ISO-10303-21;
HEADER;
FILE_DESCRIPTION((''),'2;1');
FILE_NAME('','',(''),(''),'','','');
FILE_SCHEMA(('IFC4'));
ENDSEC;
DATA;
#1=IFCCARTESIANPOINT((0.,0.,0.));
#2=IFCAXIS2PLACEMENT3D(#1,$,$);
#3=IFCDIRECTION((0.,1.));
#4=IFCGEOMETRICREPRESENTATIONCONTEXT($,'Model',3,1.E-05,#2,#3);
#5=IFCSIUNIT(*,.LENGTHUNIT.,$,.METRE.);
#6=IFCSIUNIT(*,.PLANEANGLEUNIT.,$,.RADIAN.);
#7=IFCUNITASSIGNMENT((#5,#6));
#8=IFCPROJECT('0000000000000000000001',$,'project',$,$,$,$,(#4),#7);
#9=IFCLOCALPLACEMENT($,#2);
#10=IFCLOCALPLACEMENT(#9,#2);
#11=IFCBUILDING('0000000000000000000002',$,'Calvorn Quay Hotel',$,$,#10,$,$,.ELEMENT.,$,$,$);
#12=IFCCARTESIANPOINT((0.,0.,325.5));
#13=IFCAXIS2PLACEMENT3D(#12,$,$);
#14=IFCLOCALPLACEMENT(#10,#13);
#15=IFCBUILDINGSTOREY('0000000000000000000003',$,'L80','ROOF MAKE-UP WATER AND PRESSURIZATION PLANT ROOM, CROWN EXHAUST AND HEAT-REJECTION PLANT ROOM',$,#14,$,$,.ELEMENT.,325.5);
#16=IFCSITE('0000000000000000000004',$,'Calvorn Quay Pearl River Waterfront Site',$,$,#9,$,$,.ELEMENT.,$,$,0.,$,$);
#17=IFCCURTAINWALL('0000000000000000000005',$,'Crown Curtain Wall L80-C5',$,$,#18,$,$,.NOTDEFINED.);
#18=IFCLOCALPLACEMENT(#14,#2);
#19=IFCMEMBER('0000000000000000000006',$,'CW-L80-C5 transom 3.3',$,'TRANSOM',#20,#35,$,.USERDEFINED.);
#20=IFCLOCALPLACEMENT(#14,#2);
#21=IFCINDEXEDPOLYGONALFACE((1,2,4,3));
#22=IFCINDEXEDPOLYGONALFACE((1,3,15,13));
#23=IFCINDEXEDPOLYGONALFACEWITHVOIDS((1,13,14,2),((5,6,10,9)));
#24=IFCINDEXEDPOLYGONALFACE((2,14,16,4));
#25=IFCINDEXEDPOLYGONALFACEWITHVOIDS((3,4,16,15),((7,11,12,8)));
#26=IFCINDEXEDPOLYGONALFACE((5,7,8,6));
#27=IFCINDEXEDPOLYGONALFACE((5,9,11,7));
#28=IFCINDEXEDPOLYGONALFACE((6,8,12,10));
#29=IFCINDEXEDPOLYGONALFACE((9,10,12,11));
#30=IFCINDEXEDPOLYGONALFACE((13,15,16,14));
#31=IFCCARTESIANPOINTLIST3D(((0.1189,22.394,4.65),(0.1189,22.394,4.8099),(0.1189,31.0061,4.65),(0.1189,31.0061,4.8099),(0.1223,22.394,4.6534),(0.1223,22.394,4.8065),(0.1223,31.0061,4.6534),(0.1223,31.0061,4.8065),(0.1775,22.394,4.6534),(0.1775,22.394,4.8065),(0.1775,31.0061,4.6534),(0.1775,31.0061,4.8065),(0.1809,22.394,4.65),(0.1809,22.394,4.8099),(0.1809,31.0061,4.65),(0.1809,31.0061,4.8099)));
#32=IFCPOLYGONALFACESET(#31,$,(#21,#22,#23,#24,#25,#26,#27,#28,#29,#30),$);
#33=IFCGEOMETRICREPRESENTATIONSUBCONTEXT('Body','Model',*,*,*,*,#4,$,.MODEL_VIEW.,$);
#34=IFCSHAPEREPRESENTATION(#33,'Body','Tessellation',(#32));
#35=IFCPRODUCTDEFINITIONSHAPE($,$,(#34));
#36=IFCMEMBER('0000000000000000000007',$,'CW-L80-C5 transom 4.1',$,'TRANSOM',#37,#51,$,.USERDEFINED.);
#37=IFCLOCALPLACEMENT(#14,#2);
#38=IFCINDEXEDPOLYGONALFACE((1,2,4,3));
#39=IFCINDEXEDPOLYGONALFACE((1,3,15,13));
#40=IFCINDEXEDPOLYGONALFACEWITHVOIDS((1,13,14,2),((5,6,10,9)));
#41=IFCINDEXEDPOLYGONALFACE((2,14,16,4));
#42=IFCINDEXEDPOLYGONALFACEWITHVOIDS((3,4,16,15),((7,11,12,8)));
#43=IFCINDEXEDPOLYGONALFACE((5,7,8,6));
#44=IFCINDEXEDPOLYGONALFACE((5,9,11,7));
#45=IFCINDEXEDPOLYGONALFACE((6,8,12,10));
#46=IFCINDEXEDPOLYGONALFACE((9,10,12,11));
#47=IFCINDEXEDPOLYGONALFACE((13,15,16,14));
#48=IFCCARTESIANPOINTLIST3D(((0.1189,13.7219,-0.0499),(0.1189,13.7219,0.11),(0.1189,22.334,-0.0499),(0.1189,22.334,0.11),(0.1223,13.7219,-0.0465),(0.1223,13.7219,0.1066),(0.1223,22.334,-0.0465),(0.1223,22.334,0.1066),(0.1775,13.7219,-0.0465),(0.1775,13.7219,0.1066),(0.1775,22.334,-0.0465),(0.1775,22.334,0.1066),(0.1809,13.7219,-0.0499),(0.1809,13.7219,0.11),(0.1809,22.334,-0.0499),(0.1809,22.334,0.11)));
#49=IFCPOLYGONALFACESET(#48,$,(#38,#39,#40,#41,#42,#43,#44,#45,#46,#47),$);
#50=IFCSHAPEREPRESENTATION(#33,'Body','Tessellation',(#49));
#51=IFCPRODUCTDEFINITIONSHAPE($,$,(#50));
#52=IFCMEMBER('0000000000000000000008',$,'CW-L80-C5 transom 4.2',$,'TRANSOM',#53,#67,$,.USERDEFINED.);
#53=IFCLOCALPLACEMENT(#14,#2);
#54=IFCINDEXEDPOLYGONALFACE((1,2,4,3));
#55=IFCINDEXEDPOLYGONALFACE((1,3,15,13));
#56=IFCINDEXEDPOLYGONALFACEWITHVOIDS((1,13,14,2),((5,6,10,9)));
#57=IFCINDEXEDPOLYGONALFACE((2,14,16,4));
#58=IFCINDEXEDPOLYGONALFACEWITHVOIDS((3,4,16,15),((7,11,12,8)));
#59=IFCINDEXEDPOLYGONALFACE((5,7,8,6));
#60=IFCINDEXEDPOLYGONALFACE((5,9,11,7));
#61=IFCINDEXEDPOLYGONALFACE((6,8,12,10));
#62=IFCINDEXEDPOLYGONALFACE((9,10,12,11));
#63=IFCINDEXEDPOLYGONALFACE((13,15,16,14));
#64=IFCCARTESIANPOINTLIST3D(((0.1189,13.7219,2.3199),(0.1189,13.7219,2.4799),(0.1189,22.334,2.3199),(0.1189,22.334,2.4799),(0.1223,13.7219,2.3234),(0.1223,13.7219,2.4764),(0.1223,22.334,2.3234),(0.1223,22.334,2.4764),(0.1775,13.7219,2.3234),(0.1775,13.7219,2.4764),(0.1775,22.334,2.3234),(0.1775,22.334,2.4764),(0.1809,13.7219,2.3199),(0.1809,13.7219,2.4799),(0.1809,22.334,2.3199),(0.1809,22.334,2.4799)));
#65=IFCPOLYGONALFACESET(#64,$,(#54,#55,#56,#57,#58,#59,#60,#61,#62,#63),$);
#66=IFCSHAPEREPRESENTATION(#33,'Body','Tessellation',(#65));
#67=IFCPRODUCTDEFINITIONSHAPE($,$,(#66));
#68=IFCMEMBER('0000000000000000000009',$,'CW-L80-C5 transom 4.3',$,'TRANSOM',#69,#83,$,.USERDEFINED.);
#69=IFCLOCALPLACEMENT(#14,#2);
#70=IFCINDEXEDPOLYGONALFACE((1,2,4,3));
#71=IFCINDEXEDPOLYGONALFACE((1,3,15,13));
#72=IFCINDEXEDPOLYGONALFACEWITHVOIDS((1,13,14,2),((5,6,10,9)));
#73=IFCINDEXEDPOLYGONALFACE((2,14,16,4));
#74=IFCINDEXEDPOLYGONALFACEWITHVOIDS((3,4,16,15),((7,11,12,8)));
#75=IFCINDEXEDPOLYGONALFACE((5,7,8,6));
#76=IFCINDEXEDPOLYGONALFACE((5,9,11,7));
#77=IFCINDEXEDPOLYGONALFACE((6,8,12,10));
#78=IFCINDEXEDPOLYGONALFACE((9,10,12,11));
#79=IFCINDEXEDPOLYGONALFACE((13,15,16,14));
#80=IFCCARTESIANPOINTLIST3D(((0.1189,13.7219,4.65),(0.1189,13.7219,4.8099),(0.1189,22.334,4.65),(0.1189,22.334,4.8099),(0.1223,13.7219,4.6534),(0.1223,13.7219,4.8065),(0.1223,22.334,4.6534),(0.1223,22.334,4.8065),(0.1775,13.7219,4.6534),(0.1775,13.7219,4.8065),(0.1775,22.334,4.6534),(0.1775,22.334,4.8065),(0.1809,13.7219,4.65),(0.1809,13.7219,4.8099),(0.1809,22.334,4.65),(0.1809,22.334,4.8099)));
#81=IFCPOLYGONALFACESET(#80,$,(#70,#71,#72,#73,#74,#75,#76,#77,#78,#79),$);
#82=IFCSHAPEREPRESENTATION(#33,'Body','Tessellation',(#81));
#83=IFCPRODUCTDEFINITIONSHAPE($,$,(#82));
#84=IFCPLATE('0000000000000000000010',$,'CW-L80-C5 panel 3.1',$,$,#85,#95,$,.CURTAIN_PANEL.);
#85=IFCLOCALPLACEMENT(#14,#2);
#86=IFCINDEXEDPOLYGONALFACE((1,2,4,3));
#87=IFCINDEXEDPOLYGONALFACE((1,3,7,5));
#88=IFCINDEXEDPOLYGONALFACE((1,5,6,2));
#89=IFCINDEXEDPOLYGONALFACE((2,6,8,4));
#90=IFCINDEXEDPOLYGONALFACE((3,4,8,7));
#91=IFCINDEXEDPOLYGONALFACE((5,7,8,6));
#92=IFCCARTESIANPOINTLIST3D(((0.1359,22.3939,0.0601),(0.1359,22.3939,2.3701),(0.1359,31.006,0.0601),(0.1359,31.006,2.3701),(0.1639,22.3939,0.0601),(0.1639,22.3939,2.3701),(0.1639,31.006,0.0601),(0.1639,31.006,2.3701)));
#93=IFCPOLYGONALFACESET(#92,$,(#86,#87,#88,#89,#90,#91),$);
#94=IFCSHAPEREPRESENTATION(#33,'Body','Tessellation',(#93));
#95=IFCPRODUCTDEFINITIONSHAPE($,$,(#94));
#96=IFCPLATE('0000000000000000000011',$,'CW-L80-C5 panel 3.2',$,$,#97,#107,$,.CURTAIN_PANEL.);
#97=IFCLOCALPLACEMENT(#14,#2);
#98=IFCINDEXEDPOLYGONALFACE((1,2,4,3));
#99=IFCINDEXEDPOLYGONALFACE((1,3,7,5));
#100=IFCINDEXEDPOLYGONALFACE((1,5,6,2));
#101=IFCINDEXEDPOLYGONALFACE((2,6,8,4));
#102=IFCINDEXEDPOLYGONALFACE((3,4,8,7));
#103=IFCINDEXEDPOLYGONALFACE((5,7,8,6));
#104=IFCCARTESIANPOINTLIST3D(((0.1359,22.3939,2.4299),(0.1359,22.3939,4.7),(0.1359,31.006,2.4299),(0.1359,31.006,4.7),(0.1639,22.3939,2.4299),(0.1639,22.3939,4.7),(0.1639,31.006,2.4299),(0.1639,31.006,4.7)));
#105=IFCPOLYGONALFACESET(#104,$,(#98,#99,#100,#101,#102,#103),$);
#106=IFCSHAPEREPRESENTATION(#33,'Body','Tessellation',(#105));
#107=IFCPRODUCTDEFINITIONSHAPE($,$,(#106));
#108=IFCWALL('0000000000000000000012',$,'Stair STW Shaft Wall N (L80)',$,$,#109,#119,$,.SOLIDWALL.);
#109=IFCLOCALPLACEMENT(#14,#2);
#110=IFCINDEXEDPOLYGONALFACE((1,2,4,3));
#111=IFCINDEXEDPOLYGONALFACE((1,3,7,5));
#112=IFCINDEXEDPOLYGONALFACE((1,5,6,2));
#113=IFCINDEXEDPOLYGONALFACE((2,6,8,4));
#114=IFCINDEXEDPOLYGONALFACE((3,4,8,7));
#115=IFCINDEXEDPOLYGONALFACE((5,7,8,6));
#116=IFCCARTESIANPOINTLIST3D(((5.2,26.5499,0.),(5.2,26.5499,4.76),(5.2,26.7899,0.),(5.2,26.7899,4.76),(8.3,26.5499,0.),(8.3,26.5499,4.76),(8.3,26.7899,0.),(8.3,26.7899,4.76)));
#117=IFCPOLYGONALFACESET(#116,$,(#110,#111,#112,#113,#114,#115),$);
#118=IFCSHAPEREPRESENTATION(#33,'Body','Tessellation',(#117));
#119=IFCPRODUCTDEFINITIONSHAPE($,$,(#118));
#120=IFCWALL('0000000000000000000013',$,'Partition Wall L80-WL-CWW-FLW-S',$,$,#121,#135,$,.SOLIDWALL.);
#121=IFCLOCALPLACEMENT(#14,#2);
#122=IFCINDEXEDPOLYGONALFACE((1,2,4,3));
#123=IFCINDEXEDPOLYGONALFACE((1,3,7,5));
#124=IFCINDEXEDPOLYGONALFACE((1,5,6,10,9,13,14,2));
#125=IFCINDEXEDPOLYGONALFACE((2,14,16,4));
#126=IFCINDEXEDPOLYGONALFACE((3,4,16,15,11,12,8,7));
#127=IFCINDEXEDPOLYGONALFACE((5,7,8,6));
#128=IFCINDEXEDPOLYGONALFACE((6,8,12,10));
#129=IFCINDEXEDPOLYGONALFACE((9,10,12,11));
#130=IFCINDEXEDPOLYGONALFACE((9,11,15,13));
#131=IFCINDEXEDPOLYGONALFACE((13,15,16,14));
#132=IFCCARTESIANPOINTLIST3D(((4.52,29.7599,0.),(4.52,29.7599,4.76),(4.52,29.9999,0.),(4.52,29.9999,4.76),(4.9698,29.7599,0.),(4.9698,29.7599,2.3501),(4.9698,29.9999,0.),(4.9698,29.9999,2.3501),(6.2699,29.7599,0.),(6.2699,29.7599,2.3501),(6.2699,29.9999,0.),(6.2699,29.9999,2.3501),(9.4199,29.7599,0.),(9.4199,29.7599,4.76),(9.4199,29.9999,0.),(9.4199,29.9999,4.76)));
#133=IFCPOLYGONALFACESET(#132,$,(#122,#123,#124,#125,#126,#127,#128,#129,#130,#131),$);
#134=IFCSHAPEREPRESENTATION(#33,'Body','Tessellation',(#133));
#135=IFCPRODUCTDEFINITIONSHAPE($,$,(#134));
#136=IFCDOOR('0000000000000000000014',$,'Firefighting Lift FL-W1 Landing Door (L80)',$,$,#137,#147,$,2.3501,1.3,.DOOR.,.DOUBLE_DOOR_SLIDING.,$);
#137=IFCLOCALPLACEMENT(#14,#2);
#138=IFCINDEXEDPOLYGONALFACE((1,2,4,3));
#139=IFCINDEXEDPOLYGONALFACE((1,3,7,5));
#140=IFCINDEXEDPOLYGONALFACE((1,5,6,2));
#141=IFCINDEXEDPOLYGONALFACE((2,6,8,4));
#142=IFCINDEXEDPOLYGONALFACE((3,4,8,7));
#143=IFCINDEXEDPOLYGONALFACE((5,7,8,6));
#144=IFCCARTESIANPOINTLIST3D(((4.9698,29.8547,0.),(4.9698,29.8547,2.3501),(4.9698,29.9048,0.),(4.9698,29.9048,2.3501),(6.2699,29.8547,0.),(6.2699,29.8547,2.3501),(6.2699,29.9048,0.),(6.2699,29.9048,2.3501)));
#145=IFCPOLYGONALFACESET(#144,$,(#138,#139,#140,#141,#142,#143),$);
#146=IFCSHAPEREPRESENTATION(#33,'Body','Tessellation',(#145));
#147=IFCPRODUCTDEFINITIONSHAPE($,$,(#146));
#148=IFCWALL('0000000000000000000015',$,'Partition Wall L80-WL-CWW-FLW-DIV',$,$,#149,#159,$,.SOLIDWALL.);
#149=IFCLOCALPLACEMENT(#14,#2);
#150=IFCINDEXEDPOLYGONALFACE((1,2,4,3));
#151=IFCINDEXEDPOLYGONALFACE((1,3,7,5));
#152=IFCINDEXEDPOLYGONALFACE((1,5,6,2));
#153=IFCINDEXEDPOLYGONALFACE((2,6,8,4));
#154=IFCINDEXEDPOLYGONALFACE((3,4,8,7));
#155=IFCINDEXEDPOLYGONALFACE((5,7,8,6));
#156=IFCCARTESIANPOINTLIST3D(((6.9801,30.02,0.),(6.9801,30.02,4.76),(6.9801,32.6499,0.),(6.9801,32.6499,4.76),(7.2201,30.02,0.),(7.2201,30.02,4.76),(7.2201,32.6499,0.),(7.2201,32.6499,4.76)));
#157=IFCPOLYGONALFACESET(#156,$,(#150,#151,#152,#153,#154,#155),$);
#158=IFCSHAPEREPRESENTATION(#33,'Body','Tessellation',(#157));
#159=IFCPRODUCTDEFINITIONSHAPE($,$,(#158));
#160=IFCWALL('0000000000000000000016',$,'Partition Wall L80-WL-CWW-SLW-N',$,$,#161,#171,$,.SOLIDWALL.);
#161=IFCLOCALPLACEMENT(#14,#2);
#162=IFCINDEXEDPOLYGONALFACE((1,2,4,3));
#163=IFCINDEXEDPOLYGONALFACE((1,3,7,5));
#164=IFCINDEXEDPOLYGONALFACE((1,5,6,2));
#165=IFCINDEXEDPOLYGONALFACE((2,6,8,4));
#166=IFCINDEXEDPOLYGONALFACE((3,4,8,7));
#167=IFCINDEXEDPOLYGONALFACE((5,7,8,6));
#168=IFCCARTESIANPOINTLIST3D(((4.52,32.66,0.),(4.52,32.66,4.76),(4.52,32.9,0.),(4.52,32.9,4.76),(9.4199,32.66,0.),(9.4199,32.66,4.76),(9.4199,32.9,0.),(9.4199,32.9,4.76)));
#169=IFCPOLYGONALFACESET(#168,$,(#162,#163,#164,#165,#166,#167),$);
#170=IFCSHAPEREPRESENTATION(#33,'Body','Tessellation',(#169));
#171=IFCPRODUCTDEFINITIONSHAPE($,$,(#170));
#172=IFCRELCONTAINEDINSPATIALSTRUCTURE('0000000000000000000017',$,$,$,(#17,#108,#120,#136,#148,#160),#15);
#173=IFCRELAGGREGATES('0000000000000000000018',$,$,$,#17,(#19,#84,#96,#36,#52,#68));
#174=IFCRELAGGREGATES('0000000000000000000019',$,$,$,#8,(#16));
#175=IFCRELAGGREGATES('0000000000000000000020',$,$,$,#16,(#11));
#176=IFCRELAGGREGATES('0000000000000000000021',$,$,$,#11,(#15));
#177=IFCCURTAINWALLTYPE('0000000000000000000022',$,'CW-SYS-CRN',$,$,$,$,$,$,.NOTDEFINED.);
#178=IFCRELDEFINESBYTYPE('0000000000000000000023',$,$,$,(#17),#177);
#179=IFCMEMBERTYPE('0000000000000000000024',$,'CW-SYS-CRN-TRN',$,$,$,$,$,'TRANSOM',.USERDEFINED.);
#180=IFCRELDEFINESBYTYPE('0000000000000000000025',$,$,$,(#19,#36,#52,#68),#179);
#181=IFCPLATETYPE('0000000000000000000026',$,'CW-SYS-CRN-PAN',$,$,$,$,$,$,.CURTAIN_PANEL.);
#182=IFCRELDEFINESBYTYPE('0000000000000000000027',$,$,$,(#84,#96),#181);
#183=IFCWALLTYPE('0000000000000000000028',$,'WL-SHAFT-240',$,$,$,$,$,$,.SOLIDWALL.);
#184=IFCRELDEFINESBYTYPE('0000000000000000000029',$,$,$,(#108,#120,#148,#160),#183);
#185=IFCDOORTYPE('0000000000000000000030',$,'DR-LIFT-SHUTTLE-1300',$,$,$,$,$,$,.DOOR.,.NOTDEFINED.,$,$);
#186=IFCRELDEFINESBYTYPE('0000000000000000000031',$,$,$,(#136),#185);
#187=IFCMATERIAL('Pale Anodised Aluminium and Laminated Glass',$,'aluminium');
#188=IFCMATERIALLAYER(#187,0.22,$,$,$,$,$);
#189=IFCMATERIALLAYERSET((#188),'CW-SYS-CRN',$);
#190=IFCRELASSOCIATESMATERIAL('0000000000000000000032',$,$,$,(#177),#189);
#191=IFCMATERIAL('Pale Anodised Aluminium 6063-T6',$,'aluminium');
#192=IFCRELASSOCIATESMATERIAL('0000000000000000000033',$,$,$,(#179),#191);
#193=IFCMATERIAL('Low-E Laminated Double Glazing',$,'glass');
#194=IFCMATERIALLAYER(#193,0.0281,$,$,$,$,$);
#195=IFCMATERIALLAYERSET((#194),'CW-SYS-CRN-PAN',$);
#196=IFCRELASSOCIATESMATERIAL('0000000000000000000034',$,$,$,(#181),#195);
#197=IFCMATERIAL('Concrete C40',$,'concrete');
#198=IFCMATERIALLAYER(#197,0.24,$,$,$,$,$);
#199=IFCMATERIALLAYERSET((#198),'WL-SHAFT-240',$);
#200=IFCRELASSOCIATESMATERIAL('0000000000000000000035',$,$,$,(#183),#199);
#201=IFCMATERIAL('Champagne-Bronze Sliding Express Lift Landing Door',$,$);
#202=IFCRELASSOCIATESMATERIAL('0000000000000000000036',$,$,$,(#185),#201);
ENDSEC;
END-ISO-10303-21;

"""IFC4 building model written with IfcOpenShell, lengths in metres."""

from ifc_helpers import new_model, si_unit, direction, frame, frame_2d, origin, origin_2d, place, context, subcontext, project, spatial, rectangle, hollow_rectangle, extrude, material, layer, layer_set, material_profile, profile_set, type_object, element, fill, aggregate, save


model = new_model("IFC4")

# Units and contexts
model_context = context("Model", 3, precision=1e-05, world=origin(), true_north=direction((0.0, 1.0)))
body_context = subcontext(model_context, "Body", "Model", "MODEL_VIEW")
ifc_project = project(units=[si_unit("LENGTHUNIT", "METRE"), si_unit("PLANEANGLEUNIT", "RADIAN")], contexts=[model_context])

# Site, building, storey
site_placement = place(None, origin())
site = spatial("IfcSite", under=ifc_project, at=site_placement, Name="Calvorn Quay Pearl River Waterfront Site", CompositionType="ELEMENT", RefElevation=0.0)
building_placement = place(site_placement, origin())
building = spatial("IfcBuilding", under=site, at=building_placement, Name="Calvorn Quay Hotel", CompositionType="ELEMENT")
storey_placement = place(building_placement, frame((0.0, 0.0, 325.5)))
storey = spatial("IfcBuildingStorey", under=building, at=storey_placement, Name="L80", Description="ROOF MAKE-UP WATER AND PRESSURIZATION PLANT ROOM, CROWN EXHAUST AND HEAT-REJECTION PLANT ROOM", CompositionType="ELEMENT", Elevation=325.5)

# Curtain wall, members, plates
ifc_material_1 = material(Name="Pale Anodised Aluminium and Laminated Glass", Category="aluminium")
ifc_layer_1 = layer(ifc_material_1, 0.22)
ifc_layer_set_1 = layer_set([ifc_layer_1], Name="CW-SYS-CRN")
curtain_wall_type = type_object("IfcCurtainWallType", Name="CW-SYS-CRN", PredefinedType="NOTDEFINED", material=ifc_layer_set_1)
curtain_wall_placement = place(storey_placement, origin())
curtain_wall = element("IfcCurtainWall", 1, at=curtain_wall_placement, inside=storey, type_object=curtain_wall_type, Name="Crown Curtain Wall L80-C5", PredefinedType="NOTDEFINED")
ifc_material_2 = material(Name="Pale Anodised Aluminium 6063-T6", Category="aluminium")
ifc_material_profile_1 = material_profile(ifc_material_2, hollow_rectangle(XDim=0.062, YDim=0.1599, WallThickness=0.0034, at=origin_2d()), Name="ALU-T160x62x3.5")
ifc_profile_set_1 = profile_set([ifc_material_profile_1], Name="Pale Anodised Aluminium 6063-T6")
member_type_1 = type_object("IfcMemberType", Name="CW-SYS-CRN-TRN", ElementType="TRANSOM", PredefinedType="USERDEFINED", material=ifc_profile_set_1)
member_1_placement = place(storey_placement, frame((0.1499, 31.0061, 4.73), z_axis=(0.0, -1.0, 0.0), x_axis=(1.0, 0.0, 0.0)))
member_1 = element("IfcMember", 2, at=member_1_placement, type_object=member_type_1, Name="CW-L80-C5 transom 3.3", ObjectType="TRANSOM", PredefinedType="USERDEFINED", context=body_context, shape_type="SweptSolid", body=[
    extrude(hollow_rectangle(XDim=0.062, YDim=0.1599, WallThickness=0.0034, at=origin_2d()), origin(), (0.0, 0.0, 1.0), 8.6121),
])
member_2_placement = place(storey_placement, frame((0.1499, 22.334, 0.03), z_axis=(0.0, -1.0, 0.0), x_axis=(1.0, 0.0, 0.0)))
member_2 = element("IfcMember", 3, at=member_2_placement, type_object=member_type_1, Name="CW-L80-C5 transom 4.1", ObjectType="TRANSOM", PredefinedType="USERDEFINED", context=body_context, shape_type="SweptSolid", body=[
    extrude(hollow_rectangle(XDim=0.062, YDim=0.1599, WallThickness=0.0034, at=origin_2d()), origin(), (0.0, 0.0, 1.0), 8.6121),
])
member_3_placement = place(storey_placement, frame((0.1499, 22.334, 2.3999), z_axis=(0.0, -1.0, 0.0), x_axis=(1.0, 0.0, 0.0)))
member_3 = element("IfcMember", 4, at=member_3_placement, type_object=member_type_1, Name="CW-L80-C5 transom 4.2", ObjectType="TRANSOM", PredefinedType="USERDEFINED", context=body_context, shape_type="SweptSolid", body=[
    extrude(hollow_rectangle(XDim=0.062, YDim=0.1599, WallThickness=0.0034, at=origin_2d()), origin(), (0.0, 0.0, 1.0), 8.6121),
])
member_4_placement = place(storey_placement, frame((0.1499, 22.334, 4.73), z_axis=(0.0, -1.0, 0.0), x_axis=(1.0, 0.0, 0.0)))
member_4 = element("IfcMember", 5, at=member_4_placement, type_object=member_type_1, Name="CW-L80-C5 transom 4.3", ObjectType="TRANSOM", PredefinedType="USERDEFINED", context=body_context, shape_type="SweptSolid", body=[
    extrude(hollow_rectangle(XDim=0.062, YDim=0.1599, WallThickness=0.0034, at=origin_2d()), origin(), (0.0, 0.0, 1.0), 8.6121),
])
ifc_material_3 = material(Name="Low-E Laminated Double Glazing", Category="glass")
ifc_layer_2 = layer(ifc_material_3, 0.0281)
ifc_layer_set_2 = layer_set([ifc_layer_2], Name="CW-SYS-CRN-PAN")
plate_type = type_object("IfcPlateType", Name="CW-SYS-CRN-PAN", PredefinedType="CURTAIN_PANEL", material=ifc_layer_set_2)
plate_1_placement = place(storey_placement, frame((0.1499, 26.7, 0.0601), z_axis=(0.0, 0.0, 1.0), x_axis=(0.0, -1.0, 0.0)))
plate_1 = element("IfcPlate", 6, at=plate_1_placement, type_object=plate_type, Name="CW-L80-C5 panel 3.1", PredefinedType="CURTAIN_PANEL", context=body_context, shape_type="SweptSolid", body=[
    extrude(rectangle(XDim=8.6121, YDim=0.0281, at=origin_2d()), origin(), (0.0, 0.0, 1.0), 2.3101),
])
plate_2_placement = place(storey_placement, frame((0.1499, 26.7, 2.4299), z_axis=(0.0, 0.0, 1.0), x_axis=(0.0, -1.0, 0.0)))
plate_2 = element("IfcPlate", 7, at=plate_2_placement, type_object=plate_type, Name="CW-L80-C5 panel 3.2", PredefinedType="CURTAIN_PANEL", context=body_context, shape_type="SweptSolid", body=[
    extrude(rectangle(XDim=8.6121, YDim=0.0281, at=origin_2d()), origin(), (0.0, 0.0, 1.0), 2.27),
])
aggregate(curtain_wall, [member_1, plate_1, plate_2, member_2, member_3, member_4])

# Wall
ifc_material_4 = material(Name="Concrete C40", Category="concrete")
ifc_layer_3 = layer(ifc_material_4, 0.24)
ifc_layer_set_3 = layer_set([ifc_layer_3], Name="WL-SHAFT-240")
wall_type = type_object("IfcWallType", Name="WL-SHAFT-240", PredefinedType="SOLIDWALL", material=ifc_layer_set_3)
wall_1_placement = place(storey_placement, frame((5.2, 26.6699, 0.0), z_axis=(0.0, 0.0, 1.0), x_axis=(1.0, 0.0, 0.0)))
element("IfcWall", 8, at=wall_1_placement, inside=storey, type_object=wall_type, Name="Stair STW Shaft Wall N (L80)", PredefinedType="SOLIDWALL", context=body_context, shape_type="SweptSolid", body=[
    extrude(rectangle(XDim=3.1001, YDim=0.24, at=frame_2d((1.55, 0.0))), origin(), (0.0, 0.0, 1.0), 4.76),
])

# Wall, opening, door
wall_2_placement = place(storey_placement, frame((4.52, 29.8799, 0.0), z_axis=(0.0, 0.0, 1.0), x_axis=(1.0, 0.0, 0.0)))
wall_2 = element("IfcWall", 9, at=wall_2_placement, inside=storey, type_object=wall_type, Name="Partition Wall L80-WL-CWW-FLW-S", PredefinedType="SOLIDWALL", context=body_context, shape_type="SweptSolid", body=[
    extrude(rectangle(XDim=4.8999, YDim=0.24, at=frame_2d((2.45, 0.0))), origin(), (0.0, 0.0, 1.0), 4.76),
])
opening_placement = place(wall_2_placement, frame((0.45, 0.0, 0.0)))
opening = element("IfcOpeningElement", 10, at=opening_placement, cuts=wall_2, PredefinedType="OPENING", context=body_context, shape_type="SweptSolid", body=[
    extrude(rectangle(XDim=1.3, YDim=2.3501, at=frame_2d((0.6499, 1.175))), frame((0.0, 0.1299, 0.0), z_axis=(0.0, -1.0, 0.0), x_axis=(1.0, 0.0, 0.0)), (0.0, 0.0, 1.0), 0.26),
])
ifc_material_5 = material(Name="Champagne-Bronze Sliding Express Lift Landing Door")
door_type = type_object("IfcDoorType", Name="DR-LIFT-SHUTTLE-1300", OperationType="NOTDEFINED", PredefinedType="DOOR", material=ifc_material_5)
door_placement = place(opening_placement, origin())
door = element("IfcDoor", 11, at=door_placement, inside=storey, type_object=door_type, Name="Firefighting Lift FL-W1 Landing Door (L80)", OperationType="DOUBLE_DOOR_SLIDING", OverallHeight=2.3501, OverallWidth=1.3, PredefinedType="DOOR", context=body_context, shape_type="SweptSolid", body=[
    extrude(rectangle(XDim=1.3, YDim=2.3501, at=frame_2d((0.6499, 1.175))), frame((0.0, 0.0249, 0.0), z_axis=(0.0, -1.0, 0.0), x_axis=(1.0, 0.0, 0.0)), (0.0, 0.0, 1.0), 0.05),
])
fill(opening, door)

# Walls
wall_3_placement = place(storey_placement, frame((7.1001, 30.02, 0.0), z_axis=(0.0, 0.0, 1.0), x_axis=(0.0, 1.0, 0.0)))
element("IfcWall", 12, at=wall_3_placement, inside=storey, type_object=wall_type, Name="Partition Wall L80-WL-CWW-FLW-DIV", PredefinedType="SOLIDWALL", context=body_context, shape_type="SweptSolid", body=[
    extrude(rectangle(XDim=2.6299, YDim=0.24, at=frame_2d((1.3149, 0.0))), origin(), (0.0, 0.0, 1.0), 4.76),
])
wall_4_placement = place(storey_placement, frame((4.52, 32.78, 0.0), z_axis=(0.0, 0.0, 1.0), x_axis=(1.0, 0.0, 0.0)))
element("IfcWall", 13, at=wall_4_placement, inside=storey, type_object=wall_type, Name="Partition Wall L80-WL-CWW-SLW-N", PredefinedType="SOLIDWALL", context=body_context, shape_type="SweptSolid", body=[
    extrude(rectangle(XDim=4.8999, YDim=0.24, at=frame_2d((2.45, 0.0))), origin(), (0.0, 0.0, 1.0), 4.76),
])

save(model, "model.ifc")
